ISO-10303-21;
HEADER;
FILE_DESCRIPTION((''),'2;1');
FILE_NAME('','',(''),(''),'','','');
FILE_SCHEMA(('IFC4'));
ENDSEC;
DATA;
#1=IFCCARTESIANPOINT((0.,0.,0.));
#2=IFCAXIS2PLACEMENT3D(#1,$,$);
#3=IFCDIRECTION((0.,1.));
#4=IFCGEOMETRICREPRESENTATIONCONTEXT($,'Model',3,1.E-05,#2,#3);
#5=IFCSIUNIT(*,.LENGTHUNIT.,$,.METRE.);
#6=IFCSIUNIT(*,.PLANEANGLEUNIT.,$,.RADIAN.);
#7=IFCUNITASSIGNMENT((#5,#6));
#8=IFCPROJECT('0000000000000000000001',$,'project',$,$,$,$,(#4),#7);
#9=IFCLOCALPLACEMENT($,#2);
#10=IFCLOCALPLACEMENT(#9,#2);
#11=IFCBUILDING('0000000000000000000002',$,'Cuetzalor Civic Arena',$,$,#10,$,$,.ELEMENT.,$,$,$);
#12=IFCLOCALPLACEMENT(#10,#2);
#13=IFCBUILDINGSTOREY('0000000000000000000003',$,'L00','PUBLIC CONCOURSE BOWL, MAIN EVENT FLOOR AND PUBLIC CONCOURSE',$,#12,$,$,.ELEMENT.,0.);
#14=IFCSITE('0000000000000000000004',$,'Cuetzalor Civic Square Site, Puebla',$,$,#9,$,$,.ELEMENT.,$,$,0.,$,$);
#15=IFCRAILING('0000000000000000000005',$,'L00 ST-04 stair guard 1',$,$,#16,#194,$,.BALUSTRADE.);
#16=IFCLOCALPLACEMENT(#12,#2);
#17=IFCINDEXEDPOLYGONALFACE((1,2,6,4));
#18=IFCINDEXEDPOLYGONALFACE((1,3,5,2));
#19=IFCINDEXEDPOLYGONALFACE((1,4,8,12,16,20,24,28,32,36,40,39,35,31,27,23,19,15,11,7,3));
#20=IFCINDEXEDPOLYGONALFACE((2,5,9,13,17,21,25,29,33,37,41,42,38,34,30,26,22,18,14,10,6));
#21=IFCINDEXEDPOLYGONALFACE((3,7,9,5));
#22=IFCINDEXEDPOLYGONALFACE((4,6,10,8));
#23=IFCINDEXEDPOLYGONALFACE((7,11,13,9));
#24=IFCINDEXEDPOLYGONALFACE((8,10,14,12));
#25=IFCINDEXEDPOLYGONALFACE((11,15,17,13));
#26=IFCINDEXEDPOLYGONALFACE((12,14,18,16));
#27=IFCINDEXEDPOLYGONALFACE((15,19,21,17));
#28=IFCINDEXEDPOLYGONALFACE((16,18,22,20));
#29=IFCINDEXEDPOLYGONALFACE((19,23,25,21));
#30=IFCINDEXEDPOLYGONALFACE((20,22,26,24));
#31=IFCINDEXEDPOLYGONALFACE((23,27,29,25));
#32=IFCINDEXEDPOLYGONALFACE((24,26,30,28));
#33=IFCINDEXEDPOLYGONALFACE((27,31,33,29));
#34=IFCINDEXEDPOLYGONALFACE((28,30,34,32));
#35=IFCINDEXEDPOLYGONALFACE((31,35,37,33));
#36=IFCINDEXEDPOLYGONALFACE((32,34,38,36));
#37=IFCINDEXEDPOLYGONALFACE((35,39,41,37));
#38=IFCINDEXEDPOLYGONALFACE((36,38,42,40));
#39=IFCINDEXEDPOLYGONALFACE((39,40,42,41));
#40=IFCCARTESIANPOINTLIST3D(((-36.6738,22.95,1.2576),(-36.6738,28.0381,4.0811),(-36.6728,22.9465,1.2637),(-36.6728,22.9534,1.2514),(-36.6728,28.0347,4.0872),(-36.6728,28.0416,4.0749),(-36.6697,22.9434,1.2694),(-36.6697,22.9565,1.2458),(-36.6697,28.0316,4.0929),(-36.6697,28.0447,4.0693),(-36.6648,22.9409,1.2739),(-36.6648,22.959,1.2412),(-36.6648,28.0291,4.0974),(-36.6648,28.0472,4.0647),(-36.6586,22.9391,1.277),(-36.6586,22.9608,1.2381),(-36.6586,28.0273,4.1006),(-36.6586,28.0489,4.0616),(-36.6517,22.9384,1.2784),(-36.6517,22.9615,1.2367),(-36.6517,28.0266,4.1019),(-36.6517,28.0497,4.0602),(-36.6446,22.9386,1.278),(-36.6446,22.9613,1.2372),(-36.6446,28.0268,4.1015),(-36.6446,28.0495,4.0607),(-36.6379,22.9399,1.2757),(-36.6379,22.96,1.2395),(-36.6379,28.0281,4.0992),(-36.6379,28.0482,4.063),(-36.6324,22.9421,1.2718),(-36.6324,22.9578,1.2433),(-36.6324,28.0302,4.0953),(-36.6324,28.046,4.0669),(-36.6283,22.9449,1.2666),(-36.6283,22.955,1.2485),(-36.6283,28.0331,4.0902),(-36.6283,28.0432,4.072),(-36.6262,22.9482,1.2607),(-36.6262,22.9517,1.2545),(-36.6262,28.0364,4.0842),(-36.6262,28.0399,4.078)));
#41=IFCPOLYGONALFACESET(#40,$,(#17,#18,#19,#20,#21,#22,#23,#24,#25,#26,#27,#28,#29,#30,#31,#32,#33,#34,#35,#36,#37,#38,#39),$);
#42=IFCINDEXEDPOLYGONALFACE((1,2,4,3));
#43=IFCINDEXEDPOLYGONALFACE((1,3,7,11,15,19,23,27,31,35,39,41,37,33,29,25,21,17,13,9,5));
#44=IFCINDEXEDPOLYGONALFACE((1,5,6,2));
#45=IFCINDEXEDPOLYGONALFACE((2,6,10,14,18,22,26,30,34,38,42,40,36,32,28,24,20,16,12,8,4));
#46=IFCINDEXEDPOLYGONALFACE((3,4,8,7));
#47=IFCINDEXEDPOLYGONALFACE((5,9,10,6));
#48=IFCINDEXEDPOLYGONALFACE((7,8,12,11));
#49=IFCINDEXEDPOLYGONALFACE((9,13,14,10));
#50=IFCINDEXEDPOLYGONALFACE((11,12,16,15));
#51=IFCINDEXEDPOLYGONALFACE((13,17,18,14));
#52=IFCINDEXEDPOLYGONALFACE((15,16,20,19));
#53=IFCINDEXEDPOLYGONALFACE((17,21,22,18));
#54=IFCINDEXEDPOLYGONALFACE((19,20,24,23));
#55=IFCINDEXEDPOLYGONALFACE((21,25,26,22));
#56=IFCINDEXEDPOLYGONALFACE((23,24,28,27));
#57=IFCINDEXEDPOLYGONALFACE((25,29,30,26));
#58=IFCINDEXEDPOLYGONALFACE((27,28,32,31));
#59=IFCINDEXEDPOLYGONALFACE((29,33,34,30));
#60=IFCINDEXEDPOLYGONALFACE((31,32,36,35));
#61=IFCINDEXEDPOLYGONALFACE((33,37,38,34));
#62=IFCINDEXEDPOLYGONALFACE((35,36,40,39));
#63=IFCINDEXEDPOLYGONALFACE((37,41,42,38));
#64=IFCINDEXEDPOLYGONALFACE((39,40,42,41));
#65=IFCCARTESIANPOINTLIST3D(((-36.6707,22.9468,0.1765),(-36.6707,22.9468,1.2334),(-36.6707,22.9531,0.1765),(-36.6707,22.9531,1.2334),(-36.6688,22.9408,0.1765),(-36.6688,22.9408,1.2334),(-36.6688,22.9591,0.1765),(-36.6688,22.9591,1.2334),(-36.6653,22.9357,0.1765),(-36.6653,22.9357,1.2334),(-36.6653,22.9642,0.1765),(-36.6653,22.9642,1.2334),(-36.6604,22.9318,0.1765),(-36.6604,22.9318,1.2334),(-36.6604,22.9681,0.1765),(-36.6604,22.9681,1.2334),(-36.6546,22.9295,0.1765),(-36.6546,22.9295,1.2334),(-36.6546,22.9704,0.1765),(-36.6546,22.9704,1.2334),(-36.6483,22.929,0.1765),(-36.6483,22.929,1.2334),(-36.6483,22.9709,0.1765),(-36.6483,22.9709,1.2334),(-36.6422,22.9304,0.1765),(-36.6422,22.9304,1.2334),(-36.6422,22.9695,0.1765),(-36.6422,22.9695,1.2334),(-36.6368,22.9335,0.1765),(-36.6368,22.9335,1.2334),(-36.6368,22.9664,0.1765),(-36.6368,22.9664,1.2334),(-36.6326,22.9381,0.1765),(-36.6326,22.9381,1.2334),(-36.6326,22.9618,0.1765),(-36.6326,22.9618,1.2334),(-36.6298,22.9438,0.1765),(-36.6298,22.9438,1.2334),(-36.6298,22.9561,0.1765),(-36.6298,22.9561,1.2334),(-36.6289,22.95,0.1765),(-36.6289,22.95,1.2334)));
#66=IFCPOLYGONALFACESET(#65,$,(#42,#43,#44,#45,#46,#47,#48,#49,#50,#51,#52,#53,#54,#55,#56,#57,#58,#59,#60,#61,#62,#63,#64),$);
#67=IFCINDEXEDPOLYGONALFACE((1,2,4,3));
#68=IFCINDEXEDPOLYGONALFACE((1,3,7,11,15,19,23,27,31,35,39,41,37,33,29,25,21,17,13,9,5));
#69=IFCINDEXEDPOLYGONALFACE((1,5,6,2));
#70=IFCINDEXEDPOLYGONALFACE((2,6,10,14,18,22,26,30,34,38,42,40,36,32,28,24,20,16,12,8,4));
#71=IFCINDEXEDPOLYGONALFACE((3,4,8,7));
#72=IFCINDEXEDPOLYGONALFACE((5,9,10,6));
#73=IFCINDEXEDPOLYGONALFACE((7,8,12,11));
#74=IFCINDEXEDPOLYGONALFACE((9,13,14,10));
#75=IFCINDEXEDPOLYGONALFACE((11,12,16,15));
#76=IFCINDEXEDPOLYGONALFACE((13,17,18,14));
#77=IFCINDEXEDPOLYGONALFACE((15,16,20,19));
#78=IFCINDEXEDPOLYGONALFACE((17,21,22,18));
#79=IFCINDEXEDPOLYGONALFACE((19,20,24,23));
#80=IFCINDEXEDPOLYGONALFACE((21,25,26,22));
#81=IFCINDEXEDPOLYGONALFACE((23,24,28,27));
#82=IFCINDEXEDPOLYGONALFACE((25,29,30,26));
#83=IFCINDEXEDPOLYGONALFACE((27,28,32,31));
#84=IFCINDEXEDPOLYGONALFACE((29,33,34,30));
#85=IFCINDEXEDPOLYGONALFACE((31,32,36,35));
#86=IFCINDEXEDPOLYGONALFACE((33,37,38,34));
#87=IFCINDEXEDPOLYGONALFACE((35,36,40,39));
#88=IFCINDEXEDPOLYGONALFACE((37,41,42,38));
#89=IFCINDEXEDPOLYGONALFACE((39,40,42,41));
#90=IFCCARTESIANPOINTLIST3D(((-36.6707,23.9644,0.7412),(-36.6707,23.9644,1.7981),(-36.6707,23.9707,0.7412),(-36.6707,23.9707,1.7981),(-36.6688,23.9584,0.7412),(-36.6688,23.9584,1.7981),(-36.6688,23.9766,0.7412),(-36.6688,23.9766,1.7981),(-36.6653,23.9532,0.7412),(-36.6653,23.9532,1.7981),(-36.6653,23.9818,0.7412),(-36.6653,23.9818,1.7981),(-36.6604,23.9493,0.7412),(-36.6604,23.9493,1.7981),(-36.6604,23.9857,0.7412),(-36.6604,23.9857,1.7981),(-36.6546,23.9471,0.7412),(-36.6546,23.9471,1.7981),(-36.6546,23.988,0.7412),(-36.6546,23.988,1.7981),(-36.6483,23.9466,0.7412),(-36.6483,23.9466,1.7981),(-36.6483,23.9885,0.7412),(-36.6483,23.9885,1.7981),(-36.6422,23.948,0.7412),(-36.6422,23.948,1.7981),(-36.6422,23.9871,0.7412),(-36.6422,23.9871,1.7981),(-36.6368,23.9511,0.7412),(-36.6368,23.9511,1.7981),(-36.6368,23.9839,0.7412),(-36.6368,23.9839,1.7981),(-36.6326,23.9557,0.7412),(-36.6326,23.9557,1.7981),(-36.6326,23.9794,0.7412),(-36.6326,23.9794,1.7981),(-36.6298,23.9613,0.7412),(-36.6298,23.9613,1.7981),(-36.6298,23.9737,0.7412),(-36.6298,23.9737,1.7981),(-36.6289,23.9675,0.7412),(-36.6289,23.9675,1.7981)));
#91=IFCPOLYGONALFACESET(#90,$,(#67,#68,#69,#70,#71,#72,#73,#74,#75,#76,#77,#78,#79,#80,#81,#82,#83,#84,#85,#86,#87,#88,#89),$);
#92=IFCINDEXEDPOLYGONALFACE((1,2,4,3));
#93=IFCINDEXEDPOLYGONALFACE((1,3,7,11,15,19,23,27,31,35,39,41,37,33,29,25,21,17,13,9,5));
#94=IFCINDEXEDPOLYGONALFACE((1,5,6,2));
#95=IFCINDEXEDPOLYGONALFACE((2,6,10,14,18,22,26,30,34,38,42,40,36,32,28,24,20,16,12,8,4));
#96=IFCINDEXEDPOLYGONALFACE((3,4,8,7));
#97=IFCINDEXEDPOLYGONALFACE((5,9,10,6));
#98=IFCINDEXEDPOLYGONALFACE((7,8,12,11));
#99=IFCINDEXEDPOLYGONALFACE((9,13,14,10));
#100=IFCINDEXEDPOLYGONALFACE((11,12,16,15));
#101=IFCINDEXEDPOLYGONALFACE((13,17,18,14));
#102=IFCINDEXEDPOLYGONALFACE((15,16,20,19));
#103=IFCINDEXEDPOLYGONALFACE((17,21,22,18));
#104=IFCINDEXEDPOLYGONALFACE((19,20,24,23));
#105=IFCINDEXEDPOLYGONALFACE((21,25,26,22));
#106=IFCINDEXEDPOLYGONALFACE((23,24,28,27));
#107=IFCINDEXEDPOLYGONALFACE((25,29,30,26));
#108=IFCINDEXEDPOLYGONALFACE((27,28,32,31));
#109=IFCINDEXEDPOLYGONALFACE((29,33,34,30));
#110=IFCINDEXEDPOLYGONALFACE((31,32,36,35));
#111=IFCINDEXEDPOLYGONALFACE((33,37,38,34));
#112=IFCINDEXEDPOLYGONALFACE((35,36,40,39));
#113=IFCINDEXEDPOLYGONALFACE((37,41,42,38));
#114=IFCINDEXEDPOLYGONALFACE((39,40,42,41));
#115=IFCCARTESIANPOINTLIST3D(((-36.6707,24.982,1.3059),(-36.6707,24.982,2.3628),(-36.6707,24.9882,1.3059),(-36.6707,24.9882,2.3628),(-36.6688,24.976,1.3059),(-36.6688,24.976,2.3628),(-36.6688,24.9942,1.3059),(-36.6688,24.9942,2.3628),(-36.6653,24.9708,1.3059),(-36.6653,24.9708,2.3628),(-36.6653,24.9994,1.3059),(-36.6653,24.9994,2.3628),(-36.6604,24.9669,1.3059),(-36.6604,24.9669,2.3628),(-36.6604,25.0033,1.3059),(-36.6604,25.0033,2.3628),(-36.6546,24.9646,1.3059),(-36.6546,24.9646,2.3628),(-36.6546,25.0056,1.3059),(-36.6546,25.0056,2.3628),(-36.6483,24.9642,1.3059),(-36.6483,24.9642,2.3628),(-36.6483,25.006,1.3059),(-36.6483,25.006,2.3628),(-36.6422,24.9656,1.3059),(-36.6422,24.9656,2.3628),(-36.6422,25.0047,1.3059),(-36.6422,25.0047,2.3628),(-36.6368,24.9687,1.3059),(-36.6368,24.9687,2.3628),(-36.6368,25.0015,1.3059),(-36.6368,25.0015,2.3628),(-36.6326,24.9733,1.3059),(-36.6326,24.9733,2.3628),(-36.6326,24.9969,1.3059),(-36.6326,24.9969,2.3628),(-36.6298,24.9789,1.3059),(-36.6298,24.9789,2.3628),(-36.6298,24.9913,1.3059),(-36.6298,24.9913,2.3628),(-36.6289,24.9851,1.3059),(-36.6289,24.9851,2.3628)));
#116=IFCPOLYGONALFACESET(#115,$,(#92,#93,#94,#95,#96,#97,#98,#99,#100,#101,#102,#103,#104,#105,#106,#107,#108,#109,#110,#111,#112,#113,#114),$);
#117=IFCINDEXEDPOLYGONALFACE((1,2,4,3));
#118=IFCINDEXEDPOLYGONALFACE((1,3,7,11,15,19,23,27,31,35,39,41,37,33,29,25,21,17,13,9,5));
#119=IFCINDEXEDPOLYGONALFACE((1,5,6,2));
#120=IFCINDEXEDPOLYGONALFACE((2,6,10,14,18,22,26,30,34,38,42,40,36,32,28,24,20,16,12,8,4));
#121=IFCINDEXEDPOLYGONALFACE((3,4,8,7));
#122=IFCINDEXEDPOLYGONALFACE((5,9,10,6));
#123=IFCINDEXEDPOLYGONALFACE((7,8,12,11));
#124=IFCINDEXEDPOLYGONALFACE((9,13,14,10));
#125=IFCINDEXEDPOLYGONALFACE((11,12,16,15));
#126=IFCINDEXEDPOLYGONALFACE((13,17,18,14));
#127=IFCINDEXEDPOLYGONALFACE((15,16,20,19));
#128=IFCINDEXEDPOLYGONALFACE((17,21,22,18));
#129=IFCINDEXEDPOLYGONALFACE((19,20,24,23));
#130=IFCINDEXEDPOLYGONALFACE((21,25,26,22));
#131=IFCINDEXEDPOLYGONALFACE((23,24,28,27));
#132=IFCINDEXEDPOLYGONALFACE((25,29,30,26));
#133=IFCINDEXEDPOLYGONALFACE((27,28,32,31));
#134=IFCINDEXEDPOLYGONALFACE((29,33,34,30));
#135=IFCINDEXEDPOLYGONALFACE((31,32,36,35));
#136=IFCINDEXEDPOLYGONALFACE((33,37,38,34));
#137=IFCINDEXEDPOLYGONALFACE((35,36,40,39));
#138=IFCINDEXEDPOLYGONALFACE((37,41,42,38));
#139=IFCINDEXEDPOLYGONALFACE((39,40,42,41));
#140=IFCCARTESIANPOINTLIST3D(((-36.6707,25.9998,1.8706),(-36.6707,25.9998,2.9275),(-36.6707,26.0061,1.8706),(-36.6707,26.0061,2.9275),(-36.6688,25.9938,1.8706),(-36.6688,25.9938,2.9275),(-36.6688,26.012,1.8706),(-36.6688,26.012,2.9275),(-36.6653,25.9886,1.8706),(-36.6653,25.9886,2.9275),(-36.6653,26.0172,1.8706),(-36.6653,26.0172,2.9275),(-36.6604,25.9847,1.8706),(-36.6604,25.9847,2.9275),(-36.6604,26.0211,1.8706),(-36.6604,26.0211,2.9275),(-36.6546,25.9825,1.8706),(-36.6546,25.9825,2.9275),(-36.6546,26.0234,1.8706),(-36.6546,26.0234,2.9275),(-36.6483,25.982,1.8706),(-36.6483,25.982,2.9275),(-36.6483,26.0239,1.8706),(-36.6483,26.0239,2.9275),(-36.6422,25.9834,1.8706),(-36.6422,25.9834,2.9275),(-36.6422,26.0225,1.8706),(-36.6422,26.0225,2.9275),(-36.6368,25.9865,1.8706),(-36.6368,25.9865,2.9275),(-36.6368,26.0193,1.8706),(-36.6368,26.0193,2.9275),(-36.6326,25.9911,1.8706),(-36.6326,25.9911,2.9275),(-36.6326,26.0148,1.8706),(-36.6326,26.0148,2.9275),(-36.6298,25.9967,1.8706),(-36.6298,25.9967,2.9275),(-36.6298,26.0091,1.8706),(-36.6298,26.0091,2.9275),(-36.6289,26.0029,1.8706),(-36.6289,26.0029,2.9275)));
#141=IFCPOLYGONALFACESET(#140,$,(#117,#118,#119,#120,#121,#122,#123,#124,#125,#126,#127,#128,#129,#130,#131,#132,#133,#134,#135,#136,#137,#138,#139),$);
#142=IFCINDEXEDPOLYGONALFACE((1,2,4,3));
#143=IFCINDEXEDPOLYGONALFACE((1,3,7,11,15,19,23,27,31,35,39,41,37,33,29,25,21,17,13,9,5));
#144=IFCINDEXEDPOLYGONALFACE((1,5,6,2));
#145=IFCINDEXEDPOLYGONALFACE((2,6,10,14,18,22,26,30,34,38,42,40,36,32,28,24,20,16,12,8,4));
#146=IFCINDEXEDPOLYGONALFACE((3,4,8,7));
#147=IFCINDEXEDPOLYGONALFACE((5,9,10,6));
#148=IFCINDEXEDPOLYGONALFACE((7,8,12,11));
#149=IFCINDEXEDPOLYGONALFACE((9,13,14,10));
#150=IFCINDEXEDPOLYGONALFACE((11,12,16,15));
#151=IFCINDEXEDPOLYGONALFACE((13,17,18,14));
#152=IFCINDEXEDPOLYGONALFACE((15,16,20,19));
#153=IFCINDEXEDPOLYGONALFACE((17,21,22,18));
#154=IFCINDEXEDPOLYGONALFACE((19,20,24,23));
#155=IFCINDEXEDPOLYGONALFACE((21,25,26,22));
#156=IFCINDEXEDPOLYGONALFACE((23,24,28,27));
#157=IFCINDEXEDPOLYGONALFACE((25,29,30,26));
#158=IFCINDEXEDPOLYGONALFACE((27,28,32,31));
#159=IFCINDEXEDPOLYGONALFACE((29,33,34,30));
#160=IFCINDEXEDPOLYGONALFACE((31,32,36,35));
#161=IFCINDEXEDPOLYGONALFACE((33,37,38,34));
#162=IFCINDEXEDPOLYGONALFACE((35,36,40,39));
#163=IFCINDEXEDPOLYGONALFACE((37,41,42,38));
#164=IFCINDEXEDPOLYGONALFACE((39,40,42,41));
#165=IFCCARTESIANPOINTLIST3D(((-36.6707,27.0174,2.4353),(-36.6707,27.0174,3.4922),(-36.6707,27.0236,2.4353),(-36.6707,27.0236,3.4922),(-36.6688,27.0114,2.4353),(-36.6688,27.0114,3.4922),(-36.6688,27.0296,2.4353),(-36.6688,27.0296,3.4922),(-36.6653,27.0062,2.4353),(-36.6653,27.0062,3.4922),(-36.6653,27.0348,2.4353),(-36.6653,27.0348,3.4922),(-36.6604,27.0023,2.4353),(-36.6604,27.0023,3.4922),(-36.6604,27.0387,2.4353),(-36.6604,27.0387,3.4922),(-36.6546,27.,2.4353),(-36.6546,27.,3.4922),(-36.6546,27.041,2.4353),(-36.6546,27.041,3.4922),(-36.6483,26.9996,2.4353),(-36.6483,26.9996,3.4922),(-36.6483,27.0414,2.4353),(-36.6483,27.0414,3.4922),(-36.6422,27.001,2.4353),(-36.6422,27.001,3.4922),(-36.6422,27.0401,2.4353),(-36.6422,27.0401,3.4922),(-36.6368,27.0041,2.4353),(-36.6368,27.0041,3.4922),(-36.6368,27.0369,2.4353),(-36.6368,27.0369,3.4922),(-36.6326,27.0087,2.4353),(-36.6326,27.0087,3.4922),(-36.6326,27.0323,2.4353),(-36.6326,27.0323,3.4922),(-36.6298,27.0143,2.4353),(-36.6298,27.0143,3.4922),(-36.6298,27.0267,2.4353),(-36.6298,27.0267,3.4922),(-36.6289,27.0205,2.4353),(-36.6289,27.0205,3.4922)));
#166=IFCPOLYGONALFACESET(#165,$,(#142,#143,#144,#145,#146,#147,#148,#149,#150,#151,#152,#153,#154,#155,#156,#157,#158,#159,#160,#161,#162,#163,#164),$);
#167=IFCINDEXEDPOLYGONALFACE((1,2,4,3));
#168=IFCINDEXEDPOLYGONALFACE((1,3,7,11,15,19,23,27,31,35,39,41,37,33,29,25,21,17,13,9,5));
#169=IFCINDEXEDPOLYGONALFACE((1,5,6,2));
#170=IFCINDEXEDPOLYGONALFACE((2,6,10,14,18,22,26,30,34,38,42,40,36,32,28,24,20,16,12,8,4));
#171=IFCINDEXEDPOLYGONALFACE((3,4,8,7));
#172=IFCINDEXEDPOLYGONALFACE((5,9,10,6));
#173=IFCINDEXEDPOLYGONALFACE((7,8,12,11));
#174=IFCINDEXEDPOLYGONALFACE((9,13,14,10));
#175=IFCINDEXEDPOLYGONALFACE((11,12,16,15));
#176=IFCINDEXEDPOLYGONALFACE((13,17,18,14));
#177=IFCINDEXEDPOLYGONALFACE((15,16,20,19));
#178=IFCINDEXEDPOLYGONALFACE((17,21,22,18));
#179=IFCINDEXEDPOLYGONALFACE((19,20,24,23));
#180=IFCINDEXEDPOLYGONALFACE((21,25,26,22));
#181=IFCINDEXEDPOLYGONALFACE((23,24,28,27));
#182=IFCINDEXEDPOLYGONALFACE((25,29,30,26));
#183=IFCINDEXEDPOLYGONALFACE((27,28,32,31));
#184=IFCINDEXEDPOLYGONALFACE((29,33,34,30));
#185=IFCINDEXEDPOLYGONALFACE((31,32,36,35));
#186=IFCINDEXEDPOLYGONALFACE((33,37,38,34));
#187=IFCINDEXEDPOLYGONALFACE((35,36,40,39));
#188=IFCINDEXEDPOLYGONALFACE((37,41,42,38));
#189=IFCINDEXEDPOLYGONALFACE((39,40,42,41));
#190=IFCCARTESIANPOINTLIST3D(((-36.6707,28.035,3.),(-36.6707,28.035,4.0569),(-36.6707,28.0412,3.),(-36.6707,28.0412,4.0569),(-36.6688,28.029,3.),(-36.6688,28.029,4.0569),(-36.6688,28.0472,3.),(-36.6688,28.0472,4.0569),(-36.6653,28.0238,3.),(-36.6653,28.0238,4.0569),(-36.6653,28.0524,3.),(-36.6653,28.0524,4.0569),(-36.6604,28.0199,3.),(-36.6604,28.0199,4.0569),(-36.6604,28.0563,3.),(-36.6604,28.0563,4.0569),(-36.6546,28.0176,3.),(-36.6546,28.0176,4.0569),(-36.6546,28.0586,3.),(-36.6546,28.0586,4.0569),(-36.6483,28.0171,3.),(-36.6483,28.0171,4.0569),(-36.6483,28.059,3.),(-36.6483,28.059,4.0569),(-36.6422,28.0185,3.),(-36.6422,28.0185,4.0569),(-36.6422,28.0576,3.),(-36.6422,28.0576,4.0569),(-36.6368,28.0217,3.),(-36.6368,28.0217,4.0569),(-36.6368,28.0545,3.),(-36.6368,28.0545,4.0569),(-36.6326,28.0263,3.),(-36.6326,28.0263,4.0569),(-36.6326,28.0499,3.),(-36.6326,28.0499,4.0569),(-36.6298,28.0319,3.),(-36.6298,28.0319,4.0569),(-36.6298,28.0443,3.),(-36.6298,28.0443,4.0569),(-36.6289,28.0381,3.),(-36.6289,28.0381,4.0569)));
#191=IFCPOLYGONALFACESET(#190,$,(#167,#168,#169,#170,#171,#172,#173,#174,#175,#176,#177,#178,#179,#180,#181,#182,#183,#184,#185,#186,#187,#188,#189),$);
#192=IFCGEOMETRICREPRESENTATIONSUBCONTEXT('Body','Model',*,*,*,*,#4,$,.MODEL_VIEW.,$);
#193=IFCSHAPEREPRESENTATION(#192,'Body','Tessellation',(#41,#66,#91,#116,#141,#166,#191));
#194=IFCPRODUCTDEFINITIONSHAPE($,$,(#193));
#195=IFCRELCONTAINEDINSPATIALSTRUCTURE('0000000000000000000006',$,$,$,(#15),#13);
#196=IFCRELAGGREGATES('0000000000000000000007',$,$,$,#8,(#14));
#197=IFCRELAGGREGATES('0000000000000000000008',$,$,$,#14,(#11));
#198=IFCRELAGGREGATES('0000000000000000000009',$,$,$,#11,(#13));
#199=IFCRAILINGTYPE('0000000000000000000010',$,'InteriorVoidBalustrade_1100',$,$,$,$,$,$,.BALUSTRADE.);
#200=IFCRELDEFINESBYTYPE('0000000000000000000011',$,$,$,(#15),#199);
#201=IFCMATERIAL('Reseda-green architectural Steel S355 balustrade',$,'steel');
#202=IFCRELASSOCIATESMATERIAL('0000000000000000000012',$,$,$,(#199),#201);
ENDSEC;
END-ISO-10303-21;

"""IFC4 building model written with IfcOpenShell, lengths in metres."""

from ifc_helpers import new_model, si_unit, direction, frame, origin, origin_2d, place, context, subcontext, project, spatial, circle, extrude, material, type_object, element, save


model = new_model("IFC4")

# Units and contexts
model_context = context("Model", 3, precision=1e-05, world=origin(), true_north=direction((0.0, 1.0)))
body_context = subcontext(model_context, "Body", "Model", "MODEL_VIEW")
ifc_project = project(units=[si_unit("LENGTHUNIT", "METRE"), si_unit("PLANEANGLEUNIT", "RADIAN")], contexts=[model_context])

# Site, building, storey
site_placement = place(None, origin())
site = spatial("IfcSite", under=ifc_project, at=site_placement, Name="Cuetzalor Civic Square Site, Puebla", CompositionType="ELEMENT", RefElevation=0.0)
building_placement = place(site_placement, origin())
building = spatial("IfcBuilding", under=site, at=building_placement, Name="Cuetzalor Civic Arena", CompositionType="ELEMENT")
storey_placement = place(building_placement, origin())
storey = spatial("IfcBuildingStorey", under=building, at=storey_placement, Name="L00", Description="PUBLIC CONCOURSE BOWL, MAIN EVENT FLOOR AND PUBLIC CONCOURSE", CompositionType="ELEMENT", Elevation=0.0)

# Railing
ifc_material_1 = material(Name="Reseda-green architectural Steel S355 balustrade", Category="steel")
railing_type_1 = type_object("IfcRailingType", Name="InteriorVoidBalustrade_1100", PredefinedType="BALUSTRADE", material=ifc_material_1)
railing_1_placement = place(storey_placement, frame((-36.6499, 22.95, 0.1765)))
element("IfcRailing", 1, at=railing_1_placement, inside=storey, type_object=railing_type_1, Name="L00 ST-04 stair guard 1", PredefinedType="BALUSTRADE", context=body_context, shape_type="SweptSolid", body=[
    extrude(circle(Radius=0.0239, at=origin_2d()), frame((0.0, 0.0, 1.0811), z_axis=(0.0, 0.874395, 0.485215), x_axis=(-1.0, 0.0, 0.0)), (0.0, 0.0, 1.0), 5.8191),
    extrude(circle(Radius=0.021, at=origin_2d()), origin(), (0.0, 0.0, 1.0), 1.0569),
    extrude(circle(Radius=0.021, at=origin_2d()), frame((0.0, 1.0176, 0.5647)), (0.0, 0.0, 1.0), 1.0569),
    extrude(circle(Radius=0.021, at=origin_2d()), frame((0.0, 2.0352, 1.1294)), (0.0, 0.0, 1.0), 1.0569),
    extrude(circle(Radius=0.021, at=origin_2d()), frame((0.0, 3.053, 1.6941)), (0.0, 0.0, 1.0), 1.0569),
    extrude(circle(Radius=0.021, at=origin_2d()), frame((0.0, 4.0706, 2.2588)), (0.0, 0.0, 1.0), 1.0569),
    extrude(circle(Radius=0.021, at=origin_2d()), frame((0.0, 5.0881, 2.8235)), (0.0, 0.0, 1.0), 1.0569),
])

save(model, "model.ifc")
